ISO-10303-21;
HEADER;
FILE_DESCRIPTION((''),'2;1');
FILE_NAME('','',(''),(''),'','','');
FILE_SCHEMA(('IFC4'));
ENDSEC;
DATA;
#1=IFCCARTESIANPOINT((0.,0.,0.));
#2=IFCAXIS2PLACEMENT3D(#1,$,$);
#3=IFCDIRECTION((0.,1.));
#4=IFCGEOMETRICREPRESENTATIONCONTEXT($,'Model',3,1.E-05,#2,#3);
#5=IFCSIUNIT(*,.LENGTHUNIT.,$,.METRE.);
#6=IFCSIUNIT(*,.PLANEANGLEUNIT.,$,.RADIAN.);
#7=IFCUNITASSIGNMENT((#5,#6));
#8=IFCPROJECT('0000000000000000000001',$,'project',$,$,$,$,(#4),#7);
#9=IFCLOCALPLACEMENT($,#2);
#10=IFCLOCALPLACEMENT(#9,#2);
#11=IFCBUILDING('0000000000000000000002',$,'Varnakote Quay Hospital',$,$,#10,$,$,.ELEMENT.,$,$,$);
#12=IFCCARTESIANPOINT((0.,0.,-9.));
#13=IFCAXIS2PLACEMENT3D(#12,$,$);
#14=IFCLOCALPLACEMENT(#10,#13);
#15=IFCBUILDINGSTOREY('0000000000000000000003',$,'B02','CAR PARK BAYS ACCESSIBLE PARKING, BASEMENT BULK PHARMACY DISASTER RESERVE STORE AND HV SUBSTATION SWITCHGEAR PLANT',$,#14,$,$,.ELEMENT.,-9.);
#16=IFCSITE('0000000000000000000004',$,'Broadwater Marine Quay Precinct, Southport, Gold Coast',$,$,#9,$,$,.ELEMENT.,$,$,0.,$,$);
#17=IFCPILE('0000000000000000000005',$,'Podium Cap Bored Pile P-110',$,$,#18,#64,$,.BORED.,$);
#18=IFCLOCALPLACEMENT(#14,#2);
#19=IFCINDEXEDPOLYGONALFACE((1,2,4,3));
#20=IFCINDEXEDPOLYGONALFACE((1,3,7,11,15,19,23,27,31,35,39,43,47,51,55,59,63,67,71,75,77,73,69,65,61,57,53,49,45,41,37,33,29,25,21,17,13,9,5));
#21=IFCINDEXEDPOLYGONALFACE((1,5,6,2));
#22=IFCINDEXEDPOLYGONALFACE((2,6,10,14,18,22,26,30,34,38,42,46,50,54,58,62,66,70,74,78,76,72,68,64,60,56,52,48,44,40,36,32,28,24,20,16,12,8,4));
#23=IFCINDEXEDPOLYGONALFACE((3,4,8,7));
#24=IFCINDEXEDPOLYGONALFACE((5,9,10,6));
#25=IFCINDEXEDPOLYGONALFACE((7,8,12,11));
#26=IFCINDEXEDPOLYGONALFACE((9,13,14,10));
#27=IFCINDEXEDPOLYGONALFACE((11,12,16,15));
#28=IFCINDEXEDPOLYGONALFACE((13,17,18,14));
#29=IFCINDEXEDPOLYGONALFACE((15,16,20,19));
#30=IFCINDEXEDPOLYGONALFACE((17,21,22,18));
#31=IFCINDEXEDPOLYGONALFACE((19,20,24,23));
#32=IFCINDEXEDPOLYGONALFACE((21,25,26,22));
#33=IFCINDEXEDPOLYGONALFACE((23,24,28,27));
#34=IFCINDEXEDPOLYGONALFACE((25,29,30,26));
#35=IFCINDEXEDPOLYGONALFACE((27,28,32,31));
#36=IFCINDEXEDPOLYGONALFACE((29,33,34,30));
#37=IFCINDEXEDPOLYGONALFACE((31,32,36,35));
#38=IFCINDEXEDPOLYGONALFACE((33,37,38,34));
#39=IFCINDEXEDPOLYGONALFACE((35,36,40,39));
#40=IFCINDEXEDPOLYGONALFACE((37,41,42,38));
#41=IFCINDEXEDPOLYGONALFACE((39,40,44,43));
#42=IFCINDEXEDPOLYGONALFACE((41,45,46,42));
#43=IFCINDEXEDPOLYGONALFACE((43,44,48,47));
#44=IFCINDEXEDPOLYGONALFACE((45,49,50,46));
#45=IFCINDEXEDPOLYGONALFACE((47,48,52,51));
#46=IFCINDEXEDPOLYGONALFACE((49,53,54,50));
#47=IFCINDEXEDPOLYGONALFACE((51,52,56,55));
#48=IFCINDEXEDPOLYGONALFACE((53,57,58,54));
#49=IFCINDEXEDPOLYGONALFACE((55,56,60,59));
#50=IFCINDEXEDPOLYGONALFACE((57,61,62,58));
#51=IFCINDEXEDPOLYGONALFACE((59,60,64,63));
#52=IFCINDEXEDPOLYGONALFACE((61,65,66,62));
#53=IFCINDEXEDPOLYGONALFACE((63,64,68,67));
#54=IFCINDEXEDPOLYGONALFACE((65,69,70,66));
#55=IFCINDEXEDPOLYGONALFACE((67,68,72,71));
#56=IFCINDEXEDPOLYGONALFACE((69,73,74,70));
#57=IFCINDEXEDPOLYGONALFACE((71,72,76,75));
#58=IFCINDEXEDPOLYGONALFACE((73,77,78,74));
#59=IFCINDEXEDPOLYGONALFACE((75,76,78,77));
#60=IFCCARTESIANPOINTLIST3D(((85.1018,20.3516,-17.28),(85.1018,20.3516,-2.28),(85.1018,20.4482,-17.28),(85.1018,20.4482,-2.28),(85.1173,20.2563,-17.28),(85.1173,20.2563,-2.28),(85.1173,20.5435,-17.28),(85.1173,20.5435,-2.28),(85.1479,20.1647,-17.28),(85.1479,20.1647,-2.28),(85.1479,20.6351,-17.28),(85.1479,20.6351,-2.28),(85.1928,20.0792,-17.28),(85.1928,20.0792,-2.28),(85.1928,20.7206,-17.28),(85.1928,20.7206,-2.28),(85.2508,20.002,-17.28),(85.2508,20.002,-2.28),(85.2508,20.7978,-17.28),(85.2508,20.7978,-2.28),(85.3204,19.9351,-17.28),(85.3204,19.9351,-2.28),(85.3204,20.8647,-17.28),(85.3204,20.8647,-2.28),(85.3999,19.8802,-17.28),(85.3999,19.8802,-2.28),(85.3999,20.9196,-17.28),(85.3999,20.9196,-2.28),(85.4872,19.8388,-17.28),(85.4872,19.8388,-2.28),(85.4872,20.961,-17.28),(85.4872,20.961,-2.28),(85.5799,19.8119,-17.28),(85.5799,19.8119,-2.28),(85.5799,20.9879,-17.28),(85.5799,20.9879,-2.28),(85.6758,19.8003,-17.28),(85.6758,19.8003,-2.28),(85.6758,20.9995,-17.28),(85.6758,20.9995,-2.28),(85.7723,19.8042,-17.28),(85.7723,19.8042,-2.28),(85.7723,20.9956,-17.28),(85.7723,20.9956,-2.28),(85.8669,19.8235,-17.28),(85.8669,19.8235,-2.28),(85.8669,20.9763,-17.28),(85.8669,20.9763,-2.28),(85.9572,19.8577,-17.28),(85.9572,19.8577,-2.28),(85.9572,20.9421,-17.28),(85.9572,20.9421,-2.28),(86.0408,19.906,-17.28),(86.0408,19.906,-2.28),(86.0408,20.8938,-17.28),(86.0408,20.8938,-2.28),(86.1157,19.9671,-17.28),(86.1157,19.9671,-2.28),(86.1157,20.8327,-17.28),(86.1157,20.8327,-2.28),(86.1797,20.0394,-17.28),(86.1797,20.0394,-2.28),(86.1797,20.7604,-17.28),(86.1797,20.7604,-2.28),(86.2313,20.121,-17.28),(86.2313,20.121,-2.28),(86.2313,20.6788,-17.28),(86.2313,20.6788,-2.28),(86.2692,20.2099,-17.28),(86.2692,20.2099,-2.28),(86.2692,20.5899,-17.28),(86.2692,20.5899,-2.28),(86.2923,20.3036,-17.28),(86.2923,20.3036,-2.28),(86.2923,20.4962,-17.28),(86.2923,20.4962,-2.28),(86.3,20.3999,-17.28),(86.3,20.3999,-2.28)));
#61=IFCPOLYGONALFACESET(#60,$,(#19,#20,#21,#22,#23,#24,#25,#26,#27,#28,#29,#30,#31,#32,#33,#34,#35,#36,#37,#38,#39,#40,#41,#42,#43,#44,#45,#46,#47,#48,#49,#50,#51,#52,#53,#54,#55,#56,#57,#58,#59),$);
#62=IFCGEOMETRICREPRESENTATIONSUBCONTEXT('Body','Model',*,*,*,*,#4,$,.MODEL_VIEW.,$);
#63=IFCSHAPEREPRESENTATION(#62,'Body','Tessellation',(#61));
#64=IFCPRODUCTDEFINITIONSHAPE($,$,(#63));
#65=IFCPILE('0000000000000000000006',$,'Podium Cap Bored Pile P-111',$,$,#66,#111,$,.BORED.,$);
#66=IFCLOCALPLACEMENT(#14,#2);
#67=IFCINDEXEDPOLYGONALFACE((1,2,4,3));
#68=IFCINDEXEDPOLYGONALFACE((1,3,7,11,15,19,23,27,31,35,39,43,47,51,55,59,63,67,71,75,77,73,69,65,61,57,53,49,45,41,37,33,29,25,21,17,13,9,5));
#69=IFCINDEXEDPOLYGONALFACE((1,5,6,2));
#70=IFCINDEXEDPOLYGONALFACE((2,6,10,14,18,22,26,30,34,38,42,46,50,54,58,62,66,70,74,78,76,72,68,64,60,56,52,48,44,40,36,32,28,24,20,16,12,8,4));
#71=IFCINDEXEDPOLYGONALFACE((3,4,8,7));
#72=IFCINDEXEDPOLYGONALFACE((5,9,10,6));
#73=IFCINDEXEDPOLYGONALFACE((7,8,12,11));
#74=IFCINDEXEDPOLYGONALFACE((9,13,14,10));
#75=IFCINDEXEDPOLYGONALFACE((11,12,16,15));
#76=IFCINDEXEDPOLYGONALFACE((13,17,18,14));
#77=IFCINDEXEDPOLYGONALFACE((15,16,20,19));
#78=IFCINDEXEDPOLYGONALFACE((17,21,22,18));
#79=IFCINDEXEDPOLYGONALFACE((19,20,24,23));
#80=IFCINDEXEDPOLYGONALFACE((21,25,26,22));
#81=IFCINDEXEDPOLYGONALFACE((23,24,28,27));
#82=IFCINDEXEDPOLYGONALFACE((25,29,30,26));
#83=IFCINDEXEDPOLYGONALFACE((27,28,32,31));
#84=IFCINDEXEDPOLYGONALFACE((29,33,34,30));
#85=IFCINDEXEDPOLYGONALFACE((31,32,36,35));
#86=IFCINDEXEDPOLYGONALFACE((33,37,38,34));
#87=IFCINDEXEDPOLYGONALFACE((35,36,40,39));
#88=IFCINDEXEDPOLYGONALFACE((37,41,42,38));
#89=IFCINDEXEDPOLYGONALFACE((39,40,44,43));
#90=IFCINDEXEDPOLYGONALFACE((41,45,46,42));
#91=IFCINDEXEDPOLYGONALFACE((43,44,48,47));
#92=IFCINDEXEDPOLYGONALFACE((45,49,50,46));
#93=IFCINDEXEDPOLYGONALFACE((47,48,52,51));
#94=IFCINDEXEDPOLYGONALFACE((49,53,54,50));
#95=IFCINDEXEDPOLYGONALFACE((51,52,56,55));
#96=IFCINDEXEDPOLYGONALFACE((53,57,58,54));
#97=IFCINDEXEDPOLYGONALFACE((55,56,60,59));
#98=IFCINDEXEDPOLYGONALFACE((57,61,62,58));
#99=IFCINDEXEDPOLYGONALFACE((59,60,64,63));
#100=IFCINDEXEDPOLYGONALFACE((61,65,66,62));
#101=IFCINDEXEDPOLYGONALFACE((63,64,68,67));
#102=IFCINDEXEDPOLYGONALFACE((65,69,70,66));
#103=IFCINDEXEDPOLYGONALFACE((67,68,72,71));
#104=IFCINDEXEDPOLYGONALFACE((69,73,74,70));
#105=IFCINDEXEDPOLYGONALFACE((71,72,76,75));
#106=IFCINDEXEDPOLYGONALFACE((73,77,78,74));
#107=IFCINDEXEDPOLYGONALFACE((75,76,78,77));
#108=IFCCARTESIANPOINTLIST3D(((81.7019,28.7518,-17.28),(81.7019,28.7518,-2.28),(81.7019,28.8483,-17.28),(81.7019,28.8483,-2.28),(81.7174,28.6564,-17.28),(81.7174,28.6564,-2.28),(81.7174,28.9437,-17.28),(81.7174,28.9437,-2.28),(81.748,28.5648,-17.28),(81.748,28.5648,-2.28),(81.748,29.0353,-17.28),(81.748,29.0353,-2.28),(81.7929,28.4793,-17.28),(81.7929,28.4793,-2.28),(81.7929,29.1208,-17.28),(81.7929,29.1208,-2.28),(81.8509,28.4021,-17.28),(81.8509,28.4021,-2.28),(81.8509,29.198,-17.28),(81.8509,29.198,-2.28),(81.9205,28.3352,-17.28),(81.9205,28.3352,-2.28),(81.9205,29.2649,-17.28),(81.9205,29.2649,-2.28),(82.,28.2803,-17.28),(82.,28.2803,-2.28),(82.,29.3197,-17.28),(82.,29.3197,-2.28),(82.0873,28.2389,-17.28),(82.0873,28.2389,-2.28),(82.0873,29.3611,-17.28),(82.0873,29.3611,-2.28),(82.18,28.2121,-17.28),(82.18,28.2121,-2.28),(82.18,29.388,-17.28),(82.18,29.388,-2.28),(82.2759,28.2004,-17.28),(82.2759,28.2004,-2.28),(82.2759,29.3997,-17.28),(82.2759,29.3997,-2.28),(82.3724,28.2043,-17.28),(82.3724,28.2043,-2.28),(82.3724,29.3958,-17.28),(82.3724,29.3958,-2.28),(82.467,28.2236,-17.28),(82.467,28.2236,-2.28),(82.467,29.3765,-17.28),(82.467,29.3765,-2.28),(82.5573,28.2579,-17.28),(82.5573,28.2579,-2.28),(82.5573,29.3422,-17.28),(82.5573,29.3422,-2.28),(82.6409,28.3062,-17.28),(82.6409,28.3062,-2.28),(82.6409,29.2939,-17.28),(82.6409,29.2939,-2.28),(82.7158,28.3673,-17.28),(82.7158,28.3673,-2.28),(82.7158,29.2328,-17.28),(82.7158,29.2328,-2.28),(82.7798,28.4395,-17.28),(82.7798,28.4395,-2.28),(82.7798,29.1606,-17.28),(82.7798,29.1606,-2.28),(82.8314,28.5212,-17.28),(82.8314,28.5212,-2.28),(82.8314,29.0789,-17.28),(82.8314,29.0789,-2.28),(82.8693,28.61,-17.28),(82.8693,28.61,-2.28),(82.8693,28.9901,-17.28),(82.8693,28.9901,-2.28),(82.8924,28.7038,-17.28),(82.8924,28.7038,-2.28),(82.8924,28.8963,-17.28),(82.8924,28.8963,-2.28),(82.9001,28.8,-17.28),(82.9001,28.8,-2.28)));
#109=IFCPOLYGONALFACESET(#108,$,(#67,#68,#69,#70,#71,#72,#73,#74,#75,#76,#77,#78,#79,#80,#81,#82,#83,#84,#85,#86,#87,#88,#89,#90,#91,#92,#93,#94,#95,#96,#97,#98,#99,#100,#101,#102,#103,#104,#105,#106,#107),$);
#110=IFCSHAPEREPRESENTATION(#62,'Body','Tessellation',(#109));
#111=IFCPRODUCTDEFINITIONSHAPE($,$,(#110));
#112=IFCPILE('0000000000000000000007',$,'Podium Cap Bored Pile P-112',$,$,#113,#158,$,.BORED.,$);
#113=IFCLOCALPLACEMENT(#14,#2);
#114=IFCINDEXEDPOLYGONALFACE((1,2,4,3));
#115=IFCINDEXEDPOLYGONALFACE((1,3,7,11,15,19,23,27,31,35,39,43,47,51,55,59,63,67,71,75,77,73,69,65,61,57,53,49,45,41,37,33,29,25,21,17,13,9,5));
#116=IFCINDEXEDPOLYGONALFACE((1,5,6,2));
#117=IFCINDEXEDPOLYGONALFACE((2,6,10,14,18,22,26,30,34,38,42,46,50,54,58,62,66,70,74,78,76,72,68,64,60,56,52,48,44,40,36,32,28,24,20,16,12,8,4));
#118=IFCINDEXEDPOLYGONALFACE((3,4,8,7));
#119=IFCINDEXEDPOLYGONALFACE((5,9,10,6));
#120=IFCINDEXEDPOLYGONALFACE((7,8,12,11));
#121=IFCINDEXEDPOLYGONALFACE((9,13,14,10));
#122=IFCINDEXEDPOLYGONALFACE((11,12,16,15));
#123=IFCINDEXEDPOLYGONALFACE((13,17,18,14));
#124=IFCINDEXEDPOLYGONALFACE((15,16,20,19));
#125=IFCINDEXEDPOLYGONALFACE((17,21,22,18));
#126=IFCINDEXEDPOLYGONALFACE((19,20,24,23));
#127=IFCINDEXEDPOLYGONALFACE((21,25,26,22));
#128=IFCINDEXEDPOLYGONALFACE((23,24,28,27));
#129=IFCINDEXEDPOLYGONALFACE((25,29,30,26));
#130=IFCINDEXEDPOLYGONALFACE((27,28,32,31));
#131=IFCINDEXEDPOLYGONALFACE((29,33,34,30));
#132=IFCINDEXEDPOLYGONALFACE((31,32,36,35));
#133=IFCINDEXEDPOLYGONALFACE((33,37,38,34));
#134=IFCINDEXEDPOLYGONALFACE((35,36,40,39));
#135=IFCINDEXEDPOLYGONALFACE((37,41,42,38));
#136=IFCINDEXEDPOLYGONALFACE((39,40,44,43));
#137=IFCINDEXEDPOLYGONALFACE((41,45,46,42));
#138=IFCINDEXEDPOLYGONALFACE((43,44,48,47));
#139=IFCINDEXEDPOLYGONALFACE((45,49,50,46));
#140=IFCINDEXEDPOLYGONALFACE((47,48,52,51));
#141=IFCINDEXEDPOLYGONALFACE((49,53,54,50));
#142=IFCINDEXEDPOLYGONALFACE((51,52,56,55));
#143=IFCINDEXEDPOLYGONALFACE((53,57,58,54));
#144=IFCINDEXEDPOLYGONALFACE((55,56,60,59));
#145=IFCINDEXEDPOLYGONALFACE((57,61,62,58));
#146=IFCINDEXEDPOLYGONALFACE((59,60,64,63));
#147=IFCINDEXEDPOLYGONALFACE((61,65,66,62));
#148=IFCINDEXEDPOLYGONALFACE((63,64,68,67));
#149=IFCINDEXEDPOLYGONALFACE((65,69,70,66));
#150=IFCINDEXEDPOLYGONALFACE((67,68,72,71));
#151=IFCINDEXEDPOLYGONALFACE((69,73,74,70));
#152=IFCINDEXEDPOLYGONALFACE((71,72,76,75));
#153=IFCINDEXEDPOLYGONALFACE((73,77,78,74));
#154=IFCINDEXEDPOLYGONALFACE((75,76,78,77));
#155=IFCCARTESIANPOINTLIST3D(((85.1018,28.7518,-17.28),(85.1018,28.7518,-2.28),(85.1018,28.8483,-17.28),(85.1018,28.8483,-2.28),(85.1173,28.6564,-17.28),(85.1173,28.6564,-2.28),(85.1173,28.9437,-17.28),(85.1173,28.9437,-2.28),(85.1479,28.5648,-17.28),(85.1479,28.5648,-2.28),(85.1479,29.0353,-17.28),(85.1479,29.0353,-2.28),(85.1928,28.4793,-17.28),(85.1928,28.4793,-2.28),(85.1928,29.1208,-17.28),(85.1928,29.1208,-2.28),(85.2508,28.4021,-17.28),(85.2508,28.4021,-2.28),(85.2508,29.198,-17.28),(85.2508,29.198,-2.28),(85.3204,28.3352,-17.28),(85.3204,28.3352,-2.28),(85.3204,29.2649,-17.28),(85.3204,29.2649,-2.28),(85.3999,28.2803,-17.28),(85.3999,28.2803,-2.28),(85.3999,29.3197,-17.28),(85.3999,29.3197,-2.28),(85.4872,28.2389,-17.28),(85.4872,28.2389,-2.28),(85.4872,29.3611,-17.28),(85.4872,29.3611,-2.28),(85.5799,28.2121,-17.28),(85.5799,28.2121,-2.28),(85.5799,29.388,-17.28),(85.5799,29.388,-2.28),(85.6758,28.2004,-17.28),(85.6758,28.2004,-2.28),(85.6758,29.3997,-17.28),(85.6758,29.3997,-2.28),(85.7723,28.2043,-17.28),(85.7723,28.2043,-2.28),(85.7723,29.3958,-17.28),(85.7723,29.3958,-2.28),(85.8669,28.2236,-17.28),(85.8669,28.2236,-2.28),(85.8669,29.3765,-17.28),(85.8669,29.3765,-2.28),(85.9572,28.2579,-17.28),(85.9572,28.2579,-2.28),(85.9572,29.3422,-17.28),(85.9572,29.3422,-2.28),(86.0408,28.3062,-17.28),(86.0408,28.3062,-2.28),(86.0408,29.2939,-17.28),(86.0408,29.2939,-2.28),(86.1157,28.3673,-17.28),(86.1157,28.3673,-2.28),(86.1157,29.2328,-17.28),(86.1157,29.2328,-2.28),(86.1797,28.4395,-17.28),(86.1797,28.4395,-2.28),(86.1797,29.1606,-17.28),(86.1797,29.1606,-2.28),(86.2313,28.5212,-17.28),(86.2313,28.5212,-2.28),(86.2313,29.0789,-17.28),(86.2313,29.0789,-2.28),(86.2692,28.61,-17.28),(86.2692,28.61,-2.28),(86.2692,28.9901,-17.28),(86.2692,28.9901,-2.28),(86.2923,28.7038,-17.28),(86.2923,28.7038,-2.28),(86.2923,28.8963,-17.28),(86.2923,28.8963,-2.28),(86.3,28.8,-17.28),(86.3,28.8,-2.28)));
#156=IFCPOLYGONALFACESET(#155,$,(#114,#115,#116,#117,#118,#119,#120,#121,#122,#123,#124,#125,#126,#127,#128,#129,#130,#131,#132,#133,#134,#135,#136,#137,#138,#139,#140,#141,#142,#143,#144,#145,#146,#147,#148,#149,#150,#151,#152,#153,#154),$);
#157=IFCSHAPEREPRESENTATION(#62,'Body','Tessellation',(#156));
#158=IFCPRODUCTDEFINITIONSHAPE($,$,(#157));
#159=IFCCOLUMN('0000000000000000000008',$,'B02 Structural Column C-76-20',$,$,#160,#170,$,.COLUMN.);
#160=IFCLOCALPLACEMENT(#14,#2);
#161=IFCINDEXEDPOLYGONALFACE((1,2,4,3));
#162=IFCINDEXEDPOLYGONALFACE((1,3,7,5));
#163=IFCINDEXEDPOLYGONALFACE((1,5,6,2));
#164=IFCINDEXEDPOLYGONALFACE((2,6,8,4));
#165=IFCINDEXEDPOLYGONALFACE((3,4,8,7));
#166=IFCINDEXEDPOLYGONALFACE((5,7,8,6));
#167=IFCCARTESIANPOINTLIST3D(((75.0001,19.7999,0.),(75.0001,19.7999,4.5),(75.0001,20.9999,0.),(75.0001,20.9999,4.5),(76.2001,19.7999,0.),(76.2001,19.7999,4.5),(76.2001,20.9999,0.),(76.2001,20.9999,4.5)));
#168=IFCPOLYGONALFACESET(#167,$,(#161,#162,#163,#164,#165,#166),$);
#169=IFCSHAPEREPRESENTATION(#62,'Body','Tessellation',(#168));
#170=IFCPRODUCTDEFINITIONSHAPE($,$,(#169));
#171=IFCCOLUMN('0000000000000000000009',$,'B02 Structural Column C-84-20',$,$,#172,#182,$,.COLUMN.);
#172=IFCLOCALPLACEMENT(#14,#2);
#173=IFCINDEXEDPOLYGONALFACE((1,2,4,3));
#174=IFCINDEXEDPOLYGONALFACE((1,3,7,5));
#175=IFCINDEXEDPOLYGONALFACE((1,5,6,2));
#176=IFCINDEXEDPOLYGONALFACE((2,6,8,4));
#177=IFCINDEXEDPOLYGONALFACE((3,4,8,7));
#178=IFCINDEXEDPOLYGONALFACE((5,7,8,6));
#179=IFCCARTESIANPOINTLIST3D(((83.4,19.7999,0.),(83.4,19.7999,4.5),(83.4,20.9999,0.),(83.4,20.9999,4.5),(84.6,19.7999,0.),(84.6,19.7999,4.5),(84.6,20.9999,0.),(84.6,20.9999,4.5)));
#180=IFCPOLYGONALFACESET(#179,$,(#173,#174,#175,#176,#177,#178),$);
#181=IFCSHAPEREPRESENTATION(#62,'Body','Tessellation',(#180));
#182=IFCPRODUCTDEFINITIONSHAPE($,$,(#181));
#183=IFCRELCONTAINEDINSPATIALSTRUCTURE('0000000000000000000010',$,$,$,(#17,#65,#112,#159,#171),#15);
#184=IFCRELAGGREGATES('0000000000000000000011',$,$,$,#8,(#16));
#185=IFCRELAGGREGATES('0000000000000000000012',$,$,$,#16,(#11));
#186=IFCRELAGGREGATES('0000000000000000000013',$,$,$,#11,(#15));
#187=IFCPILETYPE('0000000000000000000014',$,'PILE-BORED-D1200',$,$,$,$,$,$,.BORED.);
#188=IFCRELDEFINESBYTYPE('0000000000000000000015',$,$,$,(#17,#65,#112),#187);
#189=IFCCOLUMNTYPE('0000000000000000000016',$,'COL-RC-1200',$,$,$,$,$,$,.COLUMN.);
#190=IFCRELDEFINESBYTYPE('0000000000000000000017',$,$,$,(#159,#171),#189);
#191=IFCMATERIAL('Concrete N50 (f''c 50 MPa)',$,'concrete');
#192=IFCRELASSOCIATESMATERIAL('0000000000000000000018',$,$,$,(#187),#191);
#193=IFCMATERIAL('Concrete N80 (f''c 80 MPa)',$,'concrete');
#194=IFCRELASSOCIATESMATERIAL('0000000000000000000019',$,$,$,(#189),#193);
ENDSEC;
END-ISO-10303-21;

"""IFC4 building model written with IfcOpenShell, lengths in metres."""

from ifc_helpers import new_model, si_unit, direction, frame, origin, origin_2d, place, context, subcontext, project, spatial, rectangle, circle, extrude, material, material_profile, profile_set, type_object, element, save


model = new_model("IFC4")

# Units and contexts
model_context = context("Model", 3, precision=1e-05, world=origin(), true_north=direction((0.0, 1.0)))
body_context = subcontext(model_context, "Body", "Model", "MODEL_VIEW")
ifc_project = project(units=[si_unit("LENGTHUNIT", "METRE"), si_unit("PLANEANGLEUNIT", "RADIAN")], contexts=[model_context])

# Site, building, storey
site_placement = place(None, origin())
site = spatial("IfcSite", under=ifc_project, at=site_placement, Name="Broadwater Marine Quay Precinct, Southport, Gold Coast", CompositionType="ELEMENT", RefElevation=0.0)
building_placement = place(site_placement, origin())
building = spatial("IfcBuilding", under=site, at=building_placement, Name="Varnakote Quay Hospital", CompositionType="ELEMENT")
storey_placement = place(building_placement, frame((0.0, 0.0, -9.0)))
storey = spatial("IfcBuildingStorey", under=building, at=storey_placement, Name="B02", Description="CAR PARK BAYS ACCESSIBLE PARKING, BASEMENT BULK PHARMACY DISASTER RESERVE STORE AND HV SUBSTATION SWITCHGEAR PLANT", CompositionType="ELEMENT", Elevation=-9.0)

# Piles
ifc_material_1 = material(Name="Concrete N50 (f'c 50 MPa)", Category="concrete")
ifc_material_profile_1 = material_profile(ifc_material_1, circle(Radius=0.6001, at=origin_2d()), Name="PILE-D1200")
ifc_profile_set_1 = profile_set([ifc_material_profile_1], Name="Concrete N50 (f'c 50 MPa)")
pile_type = type_object("IfcPileType", Name="PILE-BORED-D1200", PredefinedType="BORED", material=ifc_profile_set_1)
for number, where, z_axis, x_axis, name in (
    (1, (85.7, 20.3999, -2.28), (0.0, 0.0, -1.0), (1.0, 0.0, 0.0), "Podium Cap Bored Pile P-110"),
    (2, (82.3, 28.8, -2.28), (0.0, 0.0, -1.0), (1.0, 0.0, 0.0), "Podium Cap Bored Pile P-111"),
    (3, (85.7, 28.8, -2.28), (0.0, 0.0, -1.0), (1.0, 0.0, 0.0), "Podium Cap Bored Pile P-112"),
):
    element("IfcPile", number, at=place(storey_placement, frame(where, z_axis=z_axis, x_axis=x_axis)), inside=storey, type_object=pile_type, Name=name, PredefinedType="BORED", context=body_context, shape_type="SweptSolid", body=[
        extrude(circle(Radius=0.6001, at=origin_2d()), origin(), (0.0, 0.0, 1.0), 15.0),
    ])

# Columns
ifc_material_2 = material(Name="Concrete N80 (f'c 80 MPa)", Category="concrete")
ifc_material_profile_2 = material_profile(ifc_material_2, rectangle(XDim=1.2, YDim=1.2, at=origin_2d()), Name="RC-COL-1200x1200")
ifc_profile_set_2 = profile_set([ifc_material_profile_2], Name="Concrete N80 (f'c 80 MPa)")
column_type_1 = type_object("IfcColumnType", Name="COL-RC-1200", PredefinedType="COLUMN", material=ifc_profile_set_2)
for number, where, z_axis, x_axis, name in (
    (4, (75.6001, 20.3999, 0.0), (0.0, 0.0, 1.0), (1.0, 0.0, 0.0), "B02 Structural Column C-76-20"),
    (5, (84.0, 20.3999, 0.0), (0.0, 0.0, 1.0), (1.0, 0.0, 0.0), "B02 Structural Column C-84-20"),
):
    element("IfcColumn", number, at=place(storey_placement, frame(where, z_axis=z_axis, x_axis=x_axis)), inside=storey, type_object=column_type_1, Name=name, PredefinedType="COLUMN", context=body_context, shape_type="SweptSolid", body=[
        extrude(rectangle(XDim=1.2, YDim=1.2, at=origin_2d()), origin(), (0.0, 0.0, 1.0), 4.5),
    ])

save(model, "model.ifc")
